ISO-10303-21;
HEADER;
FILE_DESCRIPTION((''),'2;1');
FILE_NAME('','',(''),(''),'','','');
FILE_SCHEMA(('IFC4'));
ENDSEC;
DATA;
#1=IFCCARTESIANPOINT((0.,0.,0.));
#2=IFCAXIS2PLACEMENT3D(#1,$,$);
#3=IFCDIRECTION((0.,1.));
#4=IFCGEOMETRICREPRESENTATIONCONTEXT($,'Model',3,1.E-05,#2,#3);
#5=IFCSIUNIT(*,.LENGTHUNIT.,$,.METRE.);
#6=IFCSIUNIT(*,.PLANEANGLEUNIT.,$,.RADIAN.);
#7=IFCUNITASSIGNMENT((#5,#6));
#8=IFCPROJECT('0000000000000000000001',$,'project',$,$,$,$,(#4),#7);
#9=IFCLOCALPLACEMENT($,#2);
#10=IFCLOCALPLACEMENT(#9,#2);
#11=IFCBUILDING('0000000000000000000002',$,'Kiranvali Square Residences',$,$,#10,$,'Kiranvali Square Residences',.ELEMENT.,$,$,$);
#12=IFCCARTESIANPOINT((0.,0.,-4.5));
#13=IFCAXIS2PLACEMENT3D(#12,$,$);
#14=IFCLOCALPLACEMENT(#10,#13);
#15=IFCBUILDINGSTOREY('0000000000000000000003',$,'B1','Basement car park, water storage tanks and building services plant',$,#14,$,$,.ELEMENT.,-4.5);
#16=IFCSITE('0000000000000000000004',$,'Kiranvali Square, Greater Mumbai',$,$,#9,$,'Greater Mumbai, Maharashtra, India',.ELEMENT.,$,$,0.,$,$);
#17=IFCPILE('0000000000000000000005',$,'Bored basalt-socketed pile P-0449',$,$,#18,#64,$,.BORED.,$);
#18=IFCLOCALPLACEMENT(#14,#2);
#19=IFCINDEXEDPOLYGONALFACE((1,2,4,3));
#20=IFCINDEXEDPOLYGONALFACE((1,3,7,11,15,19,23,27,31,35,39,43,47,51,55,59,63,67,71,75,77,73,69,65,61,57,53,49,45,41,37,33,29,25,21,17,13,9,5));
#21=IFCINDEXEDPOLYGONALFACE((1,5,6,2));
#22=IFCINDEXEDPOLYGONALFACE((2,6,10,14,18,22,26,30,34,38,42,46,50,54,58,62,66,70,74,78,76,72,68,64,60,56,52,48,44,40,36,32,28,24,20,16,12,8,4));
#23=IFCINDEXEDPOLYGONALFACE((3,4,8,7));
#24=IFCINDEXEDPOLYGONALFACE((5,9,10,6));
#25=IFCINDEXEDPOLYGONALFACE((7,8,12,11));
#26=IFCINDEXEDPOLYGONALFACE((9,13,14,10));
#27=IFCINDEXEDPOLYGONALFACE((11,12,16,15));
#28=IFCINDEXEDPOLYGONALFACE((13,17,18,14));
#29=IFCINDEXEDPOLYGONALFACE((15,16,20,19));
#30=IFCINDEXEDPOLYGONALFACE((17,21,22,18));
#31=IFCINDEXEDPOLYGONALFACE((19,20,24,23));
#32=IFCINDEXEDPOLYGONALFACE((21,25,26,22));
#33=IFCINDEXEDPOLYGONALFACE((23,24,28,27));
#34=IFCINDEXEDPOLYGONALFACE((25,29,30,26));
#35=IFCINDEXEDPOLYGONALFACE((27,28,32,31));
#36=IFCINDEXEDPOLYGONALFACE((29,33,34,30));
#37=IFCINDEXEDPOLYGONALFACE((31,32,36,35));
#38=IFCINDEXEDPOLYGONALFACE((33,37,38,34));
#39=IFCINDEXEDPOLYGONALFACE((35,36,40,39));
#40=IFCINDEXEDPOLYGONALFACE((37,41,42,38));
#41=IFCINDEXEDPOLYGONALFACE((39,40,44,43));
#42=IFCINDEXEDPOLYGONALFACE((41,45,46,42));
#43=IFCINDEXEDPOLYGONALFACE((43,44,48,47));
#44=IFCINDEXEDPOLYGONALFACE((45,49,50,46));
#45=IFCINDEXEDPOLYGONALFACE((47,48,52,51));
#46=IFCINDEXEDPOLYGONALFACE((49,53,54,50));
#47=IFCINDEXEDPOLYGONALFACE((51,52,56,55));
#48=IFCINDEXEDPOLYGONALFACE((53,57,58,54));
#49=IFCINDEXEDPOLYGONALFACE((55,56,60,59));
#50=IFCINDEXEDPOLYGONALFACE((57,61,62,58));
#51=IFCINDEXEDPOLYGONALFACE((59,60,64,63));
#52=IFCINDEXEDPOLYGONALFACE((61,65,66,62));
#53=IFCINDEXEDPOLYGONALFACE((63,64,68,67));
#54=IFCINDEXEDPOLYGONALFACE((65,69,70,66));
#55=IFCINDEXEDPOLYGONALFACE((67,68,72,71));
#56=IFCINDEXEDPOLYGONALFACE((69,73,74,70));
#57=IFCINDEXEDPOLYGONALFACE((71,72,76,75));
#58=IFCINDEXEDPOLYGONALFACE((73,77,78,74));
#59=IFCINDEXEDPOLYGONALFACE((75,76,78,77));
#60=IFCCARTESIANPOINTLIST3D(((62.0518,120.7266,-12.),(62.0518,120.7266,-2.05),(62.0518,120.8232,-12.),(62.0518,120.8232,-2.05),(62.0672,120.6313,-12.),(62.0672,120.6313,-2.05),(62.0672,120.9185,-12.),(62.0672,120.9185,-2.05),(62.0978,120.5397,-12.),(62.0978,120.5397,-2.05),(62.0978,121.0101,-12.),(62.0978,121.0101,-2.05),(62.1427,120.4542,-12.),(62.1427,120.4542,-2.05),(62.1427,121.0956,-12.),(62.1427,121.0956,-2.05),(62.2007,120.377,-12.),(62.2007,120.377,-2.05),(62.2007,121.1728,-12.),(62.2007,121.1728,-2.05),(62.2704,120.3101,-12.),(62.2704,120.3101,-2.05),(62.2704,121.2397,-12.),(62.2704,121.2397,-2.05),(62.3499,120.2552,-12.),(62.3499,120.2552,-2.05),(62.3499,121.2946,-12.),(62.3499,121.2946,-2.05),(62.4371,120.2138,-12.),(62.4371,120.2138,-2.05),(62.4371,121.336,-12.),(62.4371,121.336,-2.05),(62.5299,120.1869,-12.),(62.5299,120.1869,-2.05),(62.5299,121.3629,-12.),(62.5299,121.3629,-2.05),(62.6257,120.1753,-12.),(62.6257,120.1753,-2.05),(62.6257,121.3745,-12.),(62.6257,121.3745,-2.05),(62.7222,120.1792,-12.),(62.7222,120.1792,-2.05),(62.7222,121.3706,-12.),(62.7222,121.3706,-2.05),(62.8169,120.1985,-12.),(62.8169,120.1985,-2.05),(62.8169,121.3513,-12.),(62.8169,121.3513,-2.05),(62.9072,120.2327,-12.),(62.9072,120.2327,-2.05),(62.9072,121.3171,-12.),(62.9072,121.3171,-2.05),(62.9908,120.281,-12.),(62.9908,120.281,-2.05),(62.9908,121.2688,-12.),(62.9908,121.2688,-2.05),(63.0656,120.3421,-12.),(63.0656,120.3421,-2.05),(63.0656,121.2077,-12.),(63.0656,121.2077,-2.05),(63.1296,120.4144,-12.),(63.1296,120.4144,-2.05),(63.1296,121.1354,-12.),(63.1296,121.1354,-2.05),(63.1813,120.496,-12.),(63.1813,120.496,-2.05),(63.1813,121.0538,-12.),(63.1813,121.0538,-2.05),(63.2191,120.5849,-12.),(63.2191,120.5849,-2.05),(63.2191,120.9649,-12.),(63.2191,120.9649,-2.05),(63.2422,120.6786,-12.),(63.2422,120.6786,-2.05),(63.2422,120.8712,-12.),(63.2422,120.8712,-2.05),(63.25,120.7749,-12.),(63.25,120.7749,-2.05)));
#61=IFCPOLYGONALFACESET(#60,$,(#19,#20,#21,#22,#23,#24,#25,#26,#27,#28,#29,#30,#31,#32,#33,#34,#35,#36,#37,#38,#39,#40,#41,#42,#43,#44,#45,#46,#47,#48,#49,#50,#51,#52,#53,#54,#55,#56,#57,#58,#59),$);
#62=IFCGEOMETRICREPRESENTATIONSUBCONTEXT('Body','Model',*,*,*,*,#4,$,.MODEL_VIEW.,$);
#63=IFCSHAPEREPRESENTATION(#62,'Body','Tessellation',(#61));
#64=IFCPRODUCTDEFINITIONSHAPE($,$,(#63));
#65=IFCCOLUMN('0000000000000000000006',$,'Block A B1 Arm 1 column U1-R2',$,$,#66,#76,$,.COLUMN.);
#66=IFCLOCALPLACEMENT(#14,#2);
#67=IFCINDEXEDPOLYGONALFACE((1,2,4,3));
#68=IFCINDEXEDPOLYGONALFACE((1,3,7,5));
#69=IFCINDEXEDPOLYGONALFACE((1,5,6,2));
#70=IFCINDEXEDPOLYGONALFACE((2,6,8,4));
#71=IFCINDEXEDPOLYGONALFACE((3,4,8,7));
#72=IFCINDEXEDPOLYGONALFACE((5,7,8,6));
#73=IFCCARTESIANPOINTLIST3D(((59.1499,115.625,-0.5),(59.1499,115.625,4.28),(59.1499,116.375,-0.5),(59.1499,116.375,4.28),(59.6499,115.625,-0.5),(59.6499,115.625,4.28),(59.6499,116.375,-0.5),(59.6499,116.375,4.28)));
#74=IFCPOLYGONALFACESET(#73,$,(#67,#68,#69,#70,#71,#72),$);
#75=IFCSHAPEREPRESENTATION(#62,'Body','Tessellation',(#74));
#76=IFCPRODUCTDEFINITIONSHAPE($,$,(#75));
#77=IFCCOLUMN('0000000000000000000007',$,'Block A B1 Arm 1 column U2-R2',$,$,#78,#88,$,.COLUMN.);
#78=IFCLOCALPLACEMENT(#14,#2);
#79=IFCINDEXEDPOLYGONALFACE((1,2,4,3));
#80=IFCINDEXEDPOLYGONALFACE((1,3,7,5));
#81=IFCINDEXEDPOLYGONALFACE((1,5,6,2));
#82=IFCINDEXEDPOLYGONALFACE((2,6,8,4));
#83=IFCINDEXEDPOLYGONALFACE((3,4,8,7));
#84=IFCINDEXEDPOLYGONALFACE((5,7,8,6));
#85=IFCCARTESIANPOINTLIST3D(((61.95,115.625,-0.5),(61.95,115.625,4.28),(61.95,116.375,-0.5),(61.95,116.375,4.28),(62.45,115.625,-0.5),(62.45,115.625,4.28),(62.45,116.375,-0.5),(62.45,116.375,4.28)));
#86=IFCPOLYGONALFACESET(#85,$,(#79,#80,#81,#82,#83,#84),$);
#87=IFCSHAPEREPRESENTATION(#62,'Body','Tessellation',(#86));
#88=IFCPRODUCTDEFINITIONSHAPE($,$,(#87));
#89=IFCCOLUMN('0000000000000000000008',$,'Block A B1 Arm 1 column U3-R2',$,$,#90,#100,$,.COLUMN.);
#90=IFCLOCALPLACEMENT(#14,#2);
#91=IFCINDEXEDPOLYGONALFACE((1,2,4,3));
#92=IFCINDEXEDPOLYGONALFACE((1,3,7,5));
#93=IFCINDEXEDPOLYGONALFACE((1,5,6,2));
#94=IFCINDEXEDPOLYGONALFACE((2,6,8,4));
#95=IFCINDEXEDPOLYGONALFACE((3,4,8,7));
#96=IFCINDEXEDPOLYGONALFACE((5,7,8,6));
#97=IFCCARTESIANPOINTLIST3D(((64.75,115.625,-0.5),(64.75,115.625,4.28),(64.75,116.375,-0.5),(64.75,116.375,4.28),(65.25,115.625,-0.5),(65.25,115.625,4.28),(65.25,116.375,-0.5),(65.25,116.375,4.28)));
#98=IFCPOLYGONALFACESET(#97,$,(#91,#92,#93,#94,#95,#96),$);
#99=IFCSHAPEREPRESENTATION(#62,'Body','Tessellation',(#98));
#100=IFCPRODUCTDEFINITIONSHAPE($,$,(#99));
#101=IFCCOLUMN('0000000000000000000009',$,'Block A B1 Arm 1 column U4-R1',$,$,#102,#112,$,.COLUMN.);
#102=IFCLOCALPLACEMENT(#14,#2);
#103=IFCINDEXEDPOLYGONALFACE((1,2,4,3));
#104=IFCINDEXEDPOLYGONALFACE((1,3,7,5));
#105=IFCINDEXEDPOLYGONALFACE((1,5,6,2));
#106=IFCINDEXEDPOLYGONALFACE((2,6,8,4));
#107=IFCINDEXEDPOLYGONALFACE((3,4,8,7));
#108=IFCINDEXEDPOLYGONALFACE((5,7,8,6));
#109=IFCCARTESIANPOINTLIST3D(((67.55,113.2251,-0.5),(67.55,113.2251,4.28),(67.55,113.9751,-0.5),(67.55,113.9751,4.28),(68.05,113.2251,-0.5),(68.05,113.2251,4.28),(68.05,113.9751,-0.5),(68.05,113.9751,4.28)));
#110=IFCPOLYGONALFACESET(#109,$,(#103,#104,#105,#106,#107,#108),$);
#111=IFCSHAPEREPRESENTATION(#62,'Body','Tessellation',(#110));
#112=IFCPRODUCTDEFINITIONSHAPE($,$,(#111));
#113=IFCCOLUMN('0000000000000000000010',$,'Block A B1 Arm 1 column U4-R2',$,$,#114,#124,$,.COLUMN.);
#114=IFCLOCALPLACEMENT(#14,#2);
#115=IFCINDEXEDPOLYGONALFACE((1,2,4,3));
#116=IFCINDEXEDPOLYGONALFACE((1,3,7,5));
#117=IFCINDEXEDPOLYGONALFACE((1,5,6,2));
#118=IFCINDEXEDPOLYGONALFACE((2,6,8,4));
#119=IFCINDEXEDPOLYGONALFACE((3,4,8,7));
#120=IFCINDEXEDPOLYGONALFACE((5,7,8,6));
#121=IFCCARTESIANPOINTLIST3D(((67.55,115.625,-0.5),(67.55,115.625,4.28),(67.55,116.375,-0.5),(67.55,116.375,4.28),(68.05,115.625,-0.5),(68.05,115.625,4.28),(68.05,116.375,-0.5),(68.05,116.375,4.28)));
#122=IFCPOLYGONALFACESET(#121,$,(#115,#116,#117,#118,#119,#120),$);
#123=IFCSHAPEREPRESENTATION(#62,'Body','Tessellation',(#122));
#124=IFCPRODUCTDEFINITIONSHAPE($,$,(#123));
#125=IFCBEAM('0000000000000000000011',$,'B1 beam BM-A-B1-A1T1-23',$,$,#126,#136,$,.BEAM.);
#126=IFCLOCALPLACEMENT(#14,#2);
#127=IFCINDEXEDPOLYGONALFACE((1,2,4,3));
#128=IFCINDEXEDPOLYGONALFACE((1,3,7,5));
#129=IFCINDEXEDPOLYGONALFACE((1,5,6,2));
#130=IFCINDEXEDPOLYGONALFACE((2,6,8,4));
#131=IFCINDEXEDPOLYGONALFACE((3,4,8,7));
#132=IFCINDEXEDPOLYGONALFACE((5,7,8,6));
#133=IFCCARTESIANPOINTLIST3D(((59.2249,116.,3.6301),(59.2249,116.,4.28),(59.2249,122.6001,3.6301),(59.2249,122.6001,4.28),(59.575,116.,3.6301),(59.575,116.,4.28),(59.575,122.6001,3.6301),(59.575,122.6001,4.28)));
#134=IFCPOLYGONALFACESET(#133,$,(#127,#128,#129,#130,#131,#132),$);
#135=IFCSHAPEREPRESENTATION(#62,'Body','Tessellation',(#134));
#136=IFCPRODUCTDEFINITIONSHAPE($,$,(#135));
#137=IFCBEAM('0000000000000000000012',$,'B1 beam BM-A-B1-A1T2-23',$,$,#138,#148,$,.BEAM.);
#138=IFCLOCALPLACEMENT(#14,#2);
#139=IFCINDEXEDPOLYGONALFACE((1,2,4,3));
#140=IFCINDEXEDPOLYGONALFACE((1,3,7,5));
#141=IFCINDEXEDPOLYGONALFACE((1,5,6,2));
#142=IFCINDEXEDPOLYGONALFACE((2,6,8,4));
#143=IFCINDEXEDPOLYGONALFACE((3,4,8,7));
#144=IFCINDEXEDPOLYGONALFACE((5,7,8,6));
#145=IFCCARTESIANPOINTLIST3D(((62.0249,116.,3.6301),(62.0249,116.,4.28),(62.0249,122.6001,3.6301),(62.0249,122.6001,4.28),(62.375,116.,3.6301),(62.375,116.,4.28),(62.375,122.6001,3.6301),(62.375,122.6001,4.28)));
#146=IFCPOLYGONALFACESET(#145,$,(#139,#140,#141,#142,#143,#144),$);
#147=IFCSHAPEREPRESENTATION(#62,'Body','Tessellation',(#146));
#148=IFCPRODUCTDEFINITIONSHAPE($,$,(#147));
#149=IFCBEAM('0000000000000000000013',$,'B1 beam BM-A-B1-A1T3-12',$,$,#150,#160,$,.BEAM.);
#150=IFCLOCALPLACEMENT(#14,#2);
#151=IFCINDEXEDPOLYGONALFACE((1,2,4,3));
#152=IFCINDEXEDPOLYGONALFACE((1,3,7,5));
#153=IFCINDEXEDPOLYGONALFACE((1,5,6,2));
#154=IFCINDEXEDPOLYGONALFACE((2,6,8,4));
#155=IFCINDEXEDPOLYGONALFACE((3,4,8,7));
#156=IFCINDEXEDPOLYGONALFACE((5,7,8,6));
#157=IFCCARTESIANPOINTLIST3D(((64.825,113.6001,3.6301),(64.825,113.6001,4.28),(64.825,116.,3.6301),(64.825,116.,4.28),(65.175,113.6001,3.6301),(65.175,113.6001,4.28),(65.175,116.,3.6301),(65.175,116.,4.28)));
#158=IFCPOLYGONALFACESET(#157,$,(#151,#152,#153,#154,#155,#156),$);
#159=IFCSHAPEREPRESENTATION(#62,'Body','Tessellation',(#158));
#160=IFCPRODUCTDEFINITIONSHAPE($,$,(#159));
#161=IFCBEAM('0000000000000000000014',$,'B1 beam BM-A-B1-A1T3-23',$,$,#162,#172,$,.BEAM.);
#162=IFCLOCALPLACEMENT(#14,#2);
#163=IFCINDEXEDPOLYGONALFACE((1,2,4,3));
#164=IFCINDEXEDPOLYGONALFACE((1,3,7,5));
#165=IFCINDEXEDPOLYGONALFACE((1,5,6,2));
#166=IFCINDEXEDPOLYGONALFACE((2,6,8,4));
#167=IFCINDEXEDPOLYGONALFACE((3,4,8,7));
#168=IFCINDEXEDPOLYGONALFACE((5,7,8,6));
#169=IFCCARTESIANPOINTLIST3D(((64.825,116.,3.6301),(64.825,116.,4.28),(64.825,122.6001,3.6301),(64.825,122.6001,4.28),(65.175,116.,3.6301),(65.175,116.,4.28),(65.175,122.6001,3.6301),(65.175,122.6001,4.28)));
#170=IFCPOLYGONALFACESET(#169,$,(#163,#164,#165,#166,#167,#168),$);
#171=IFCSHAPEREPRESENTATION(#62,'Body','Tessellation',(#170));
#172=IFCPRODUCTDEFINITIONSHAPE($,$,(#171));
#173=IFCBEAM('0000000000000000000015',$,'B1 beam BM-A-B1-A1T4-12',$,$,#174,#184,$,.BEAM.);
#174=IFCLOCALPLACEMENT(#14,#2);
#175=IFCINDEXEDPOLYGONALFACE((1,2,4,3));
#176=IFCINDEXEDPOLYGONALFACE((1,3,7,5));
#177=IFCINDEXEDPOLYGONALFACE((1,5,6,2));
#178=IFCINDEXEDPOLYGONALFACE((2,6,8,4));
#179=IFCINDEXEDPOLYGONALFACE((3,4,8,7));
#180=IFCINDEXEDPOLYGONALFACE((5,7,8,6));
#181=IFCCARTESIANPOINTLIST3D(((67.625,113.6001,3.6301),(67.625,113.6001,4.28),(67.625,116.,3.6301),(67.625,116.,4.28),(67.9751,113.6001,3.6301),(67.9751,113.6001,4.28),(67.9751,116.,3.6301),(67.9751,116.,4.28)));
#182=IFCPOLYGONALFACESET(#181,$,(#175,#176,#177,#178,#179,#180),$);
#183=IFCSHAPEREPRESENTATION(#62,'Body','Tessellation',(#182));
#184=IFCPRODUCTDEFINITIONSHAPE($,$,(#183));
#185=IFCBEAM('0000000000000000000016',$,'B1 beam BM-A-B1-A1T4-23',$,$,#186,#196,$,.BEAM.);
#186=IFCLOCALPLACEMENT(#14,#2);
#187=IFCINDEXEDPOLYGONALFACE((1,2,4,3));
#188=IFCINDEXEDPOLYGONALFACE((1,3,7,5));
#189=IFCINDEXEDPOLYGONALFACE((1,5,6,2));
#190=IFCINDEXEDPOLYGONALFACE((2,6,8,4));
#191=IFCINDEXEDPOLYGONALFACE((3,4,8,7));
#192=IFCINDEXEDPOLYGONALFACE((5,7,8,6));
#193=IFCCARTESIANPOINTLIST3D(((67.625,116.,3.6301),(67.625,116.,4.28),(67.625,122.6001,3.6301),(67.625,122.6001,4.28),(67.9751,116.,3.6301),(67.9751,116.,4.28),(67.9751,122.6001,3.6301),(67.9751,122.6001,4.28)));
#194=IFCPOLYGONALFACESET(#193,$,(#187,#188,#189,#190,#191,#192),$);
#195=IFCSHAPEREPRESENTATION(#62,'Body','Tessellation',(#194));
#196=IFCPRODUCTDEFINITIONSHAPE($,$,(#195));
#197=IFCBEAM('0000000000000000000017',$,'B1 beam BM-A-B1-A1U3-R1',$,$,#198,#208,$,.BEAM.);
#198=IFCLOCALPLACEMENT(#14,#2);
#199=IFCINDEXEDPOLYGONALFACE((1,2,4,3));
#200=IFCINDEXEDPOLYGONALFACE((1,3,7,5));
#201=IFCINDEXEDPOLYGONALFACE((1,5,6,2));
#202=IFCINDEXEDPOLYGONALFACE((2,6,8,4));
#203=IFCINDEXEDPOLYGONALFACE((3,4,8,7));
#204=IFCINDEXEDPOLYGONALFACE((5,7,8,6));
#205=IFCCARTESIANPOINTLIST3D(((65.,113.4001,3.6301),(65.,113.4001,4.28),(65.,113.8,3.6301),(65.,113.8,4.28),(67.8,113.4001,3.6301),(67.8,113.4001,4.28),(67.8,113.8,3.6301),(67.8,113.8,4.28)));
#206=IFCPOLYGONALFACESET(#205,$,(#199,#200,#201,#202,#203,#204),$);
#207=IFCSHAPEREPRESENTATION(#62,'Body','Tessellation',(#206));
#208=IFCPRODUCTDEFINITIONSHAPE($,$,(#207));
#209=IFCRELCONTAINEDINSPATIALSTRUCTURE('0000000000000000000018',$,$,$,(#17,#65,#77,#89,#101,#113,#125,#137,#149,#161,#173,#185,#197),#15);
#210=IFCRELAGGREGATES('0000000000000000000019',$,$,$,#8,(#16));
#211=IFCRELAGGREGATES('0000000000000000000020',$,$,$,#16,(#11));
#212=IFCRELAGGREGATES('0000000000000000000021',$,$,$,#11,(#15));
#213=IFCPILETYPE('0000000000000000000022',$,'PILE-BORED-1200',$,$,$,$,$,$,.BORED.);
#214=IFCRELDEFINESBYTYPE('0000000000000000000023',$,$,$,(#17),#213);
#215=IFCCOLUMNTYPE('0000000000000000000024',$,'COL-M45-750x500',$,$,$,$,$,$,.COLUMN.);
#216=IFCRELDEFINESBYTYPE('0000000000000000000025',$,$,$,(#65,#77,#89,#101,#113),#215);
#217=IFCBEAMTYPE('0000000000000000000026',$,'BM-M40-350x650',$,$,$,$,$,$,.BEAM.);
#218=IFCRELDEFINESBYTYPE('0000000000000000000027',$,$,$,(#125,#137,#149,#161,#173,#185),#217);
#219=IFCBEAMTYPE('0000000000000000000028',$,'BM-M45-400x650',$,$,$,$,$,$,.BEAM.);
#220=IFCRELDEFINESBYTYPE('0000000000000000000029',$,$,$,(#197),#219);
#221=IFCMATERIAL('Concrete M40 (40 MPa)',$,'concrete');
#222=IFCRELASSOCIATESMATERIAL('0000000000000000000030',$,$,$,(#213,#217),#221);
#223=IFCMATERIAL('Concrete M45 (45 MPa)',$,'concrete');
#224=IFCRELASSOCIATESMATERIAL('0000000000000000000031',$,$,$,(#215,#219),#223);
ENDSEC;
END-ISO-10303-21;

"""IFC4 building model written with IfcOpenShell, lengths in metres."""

from ifc_helpers import new_model, si_unit, direction, frame, origin, origin_2d, place, context, subcontext, project, spatial, rectangle, circle, extrude, material, material_profile, profile_set, type_object, element, save


model = new_model("IFC4")

# Units and contexts
model_context = context("Model", 3, precision=1e-05, world=origin(), true_north=direction((0.0, 1.0)))
body_context = subcontext(model_context, "Body", "Model", "MODEL_VIEW")
ifc_project = project(units=[si_unit("LENGTHUNIT", "METRE"), si_unit("PLANEANGLEUNIT", "RADIAN")], contexts=[model_context])

# Site, building, storey
site_placement = place(None, origin())
site = spatial("IfcSite", under=ifc_project, at=site_placement, Name="Kiranvali Square, Greater Mumbai", LongName="Greater Mumbai, Maharashtra, India", CompositionType="ELEMENT", RefElevation=0.0)
building_placement = place(site_placement, origin())
building = spatial("IfcBuilding", under=site, at=building_placement, Name="Kiranvali Square Residences", LongName="Kiranvali Square Residences", CompositionType="ELEMENT")
storey_placement = place(building_placement, frame((0.0, 0.0, -4.5)))
storey = spatial("IfcBuildingStorey", under=building, at=storey_placement, Name="B1", Description="Basement car park, water storage tanks and building services plant", CompositionType="ELEMENT", Elevation=-4.5)

# Shared definitions
ifc_material_1 = material(Name="Concrete M40 (40 MPa)", Category="concrete")

# Pile
ifc_material_profile_1 = material_profile(ifc_material_1, circle(Radius=0.6001, at=origin_2d()), Name="BORED PILE 1200")
ifc_profile_set_1 = profile_set([ifc_material_profile_1], Name="Concrete M40 (40 MPa)")
pile_type = type_object("IfcPileType", Name="PILE-BORED-1200", PredefinedType="BORED", material=ifc_profile_set_1)
for number, where, z_axis, x_axis, name in (
    (1, (62.6499, 120.7749, -2.05), (0.0, 0.0, -1.0), (1.0, 0.0, 0.0), "Bored basalt-socketed pile P-0449"),
):
    element("IfcPile", number, at=place(storey_placement, frame(where, z_axis=z_axis, x_axis=x_axis)), inside=storey, type_object=pile_type, Name=name, PredefinedType="BORED", context=body_context, shape_type="SweptSolid", body=[
        extrude(circle(Radius=0.6001, at=origin_2d()), origin(), (0.0, 0.0, 1.0), 9.95),
    ])

# Columns
ifc_material_2 = material(Name="Concrete M45 (45 MPa)", Category="concrete")
ifc_material_profile_2 = material_profile(ifc_material_2, rectangle(XDim=0.5, YDim=0.75, at=origin_2d()), Name="RC 750x500")
ifc_profile_set_2 = profile_set([ifc_material_profile_2], Name="Concrete M45 (45 MPa)")
column_type = type_object("IfcColumnType", Name="COL-M45-750x500", PredefinedType="COLUMN", material=ifc_profile_set_2)
for number, where, z_axis, x_axis, name in (
    (2, (59.3999, 116.0, -0.5), (0.0, 0.0, 1.0), (1.0, 0.0, 0.0), "Block A B1 Arm 1 column U1-R2"),
    (3, (62.2, 116.0, -0.5), (0.0, 0.0, 1.0), (1.0, 0.0, 0.0), "Block A B1 Arm 1 column U2-R2"),
    (4, (65.0, 116.0, -0.5), (0.0, 0.0, 1.0), (1.0, 0.0, 0.0), "Block A B1 Arm 1 column U3-R2"),
    (5, (67.8, 113.6001, -0.5), (0.0, 0.0, 1.0), (1.0, 0.0, 0.0), "Block A B1 Arm 1 column U4-R1"),
    (6, (67.8, 116.0, -0.5), (0.0, 0.0, 1.0), (1.0, 0.0, 0.0), "Block A B1 Arm 1 column U4-R2"),
):
    element("IfcColumn", number, at=place(storey_placement, frame(where, z_axis=z_axis, x_axis=x_axis)), inside=storey, type_object=column_type, Name=name, PredefinedType="COLUMN", context=body_context, shape_type="SweptSolid", body=[
        extrude(rectangle(XDim=0.5, YDim=0.75, at=origin_2d()), origin(), (0.0, 0.0, 1.0), 4.78),
    ])

# Beams
ifc_material_profile_3 = material_profile(ifc_material_1, rectangle(XDim=0.3501, YDim=0.6499, at=origin_2d()), Name="RC 350x650")
ifc_profile_set_3 = profile_set([ifc_material_profile_3], Name="Concrete M40 (40 MPa)")
beam_type_1 = type_object("IfcBeamType", Name="BM-M40-350x650", PredefinedType="BEAM", material=ifc_profile_set_3)
for number, where, z_axis, x_axis, name in (
    (7, (59.3999, 116.0, 3.9551), (0.0, 1.0, 0.0), (-1.0, 0.0, 0.0), "B1 beam BM-A-B1-A1T1-23"),
    (8, (62.2, 116.0, 3.9551), (0.0, 1.0, 0.0), (-1.0, 0.0, 0.0), "B1 beam BM-A-B1-A1T2-23"),
):
    element("IfcBeam", number, at=place(storey_placement, frame(where, z_axis=z_axis, x_axis=x_axis)), inside=storey, type_object=beam_type_1, Name=name, PredefinedType="BEAM", context=body_context, shape_type="SweptSolid", body=[
        extrude(rectangle(XDim=0.3501, YDim=0.6499, at=origin_2d()), origin(), (0.0, 0.0, 1.0), 6.6001),
    ])
beam_1_placement = place(storey_placement, frame((65.0, 113.6001, 3.9551), z_axis=(0.0, 1.0, 0.0), x_axis=(-1.0, 0.0, 0.0)))
element("IfcBeam", 9, at=beam_1_placement, inside=storey, type_object=beam_type_1, Name="B1 beam BM-A-B1-A1T3-12", PredefinedType="BEAM", context=body_context, shape_type="SweptSolid", body=[
    extrude(rectangle(XDim=0.3501, YDim=0.6499, at=origin_2d()), origin(), (0.0, 0.0, 1.0), 2.3999),
])
beam_2_placement = place(storey_placement, frame((65.0, 116.0, 3.9551), z_axis=(0.0, 1.0, 0.0), x_axis=(-1.0, 0.0, 0.0)))
element("IfcBeam", 10, at=beam_2_placement, inside=storey, type_object=beam_type_1, Name="B1 beam BM-A-B1-A1T3-23", PredefinedType="BEAM", context=body_context, shape_type="SweptSolid", body=[
    extrude(rectangle(XDim=0.3501, YDim=0.6499, at=origin_2d()), origin(), (0.0, 0.0, 1.0), 6.6001),
])
beam_3_placement = place(storey_placement, frame((67.8, 113.6001, 3.9551), z_axis=(0.0, 1.0, 0.0), x_axis=(-1.0, 0.0, 0.0)))
element("IfcBeam", 11, at=beam_3_placement, inside=storey, type_object=beam_type_1, Name="B1 beam BM-A-B1-A1T4-12", PredefinedType="BEAM", context=body_context, shape_type="SweptSolid", body=[
    extrude(rectangle(XDim=0.3501, YDim=0.6499, at=origin_2d()), origin(), (0.0, 0.0, 1.0), 2.3999),
])
beam_4_placement = place(storey_placement, frame((67.8, 116.0, 3.9551), z_axis=(0.0, 1.0, 0.0), x_axis=(-1.0, 0.0, 0.0)))
element("IfcBeam", 12, at=beam_4_placement, inside=storey, type_object=beam_type_1, Name="B1 beam BM-A-B1-A1T4-23", PredefinedType="BEAM", context=body_context, shape_type="SweptSolid", body=[
    extrude(rectangle(XDim=0.3501, YDim=0.6499, at=origin_2d()), origin(), (0.0, 0.0, 1.0), 6.6001),
])
ifc_material_profile_4 = material_profile(ifc_material_2, rectangle(XDim=0.3999, YDim=0.6499, at=origin_2d()), Name="RC 400x650")
ifc_profile_set_4 = profile_set([ifc_material_profile_4], Name="Concrete M45 (45 MPa)")
beam_type_2 = type_object("IfcBeamType", Name="BM-M45-400x650", PredefinedType="BEAM", material=ifc_profile_set_4)
for number, where, z_axis, x_axis, name in (
    (13, (65.0, 113.6001, 3.9551), (1.0, 0.0, 0.0), (0.0, 1.0, 0.0), "B1 beam BM-A-B1-A1U3-R1"),
):
    element("IfcBeam", number, at=place(storey_placement, frame(where, z_axis=z_axis, x_axis=x_axis)), inside=storey, type_object=beam_type_2, Name=name, PredefinedType="BEAM", context=body_context, shape_type="SweptSolid", body=[
        extrude(rectangle(XDim=0.3999, YDim=0.6499, at=origin_2d()), origin(), (0.0, 0.0, 1.0), 2.8),
    ])

save(model, "model.ifc")
